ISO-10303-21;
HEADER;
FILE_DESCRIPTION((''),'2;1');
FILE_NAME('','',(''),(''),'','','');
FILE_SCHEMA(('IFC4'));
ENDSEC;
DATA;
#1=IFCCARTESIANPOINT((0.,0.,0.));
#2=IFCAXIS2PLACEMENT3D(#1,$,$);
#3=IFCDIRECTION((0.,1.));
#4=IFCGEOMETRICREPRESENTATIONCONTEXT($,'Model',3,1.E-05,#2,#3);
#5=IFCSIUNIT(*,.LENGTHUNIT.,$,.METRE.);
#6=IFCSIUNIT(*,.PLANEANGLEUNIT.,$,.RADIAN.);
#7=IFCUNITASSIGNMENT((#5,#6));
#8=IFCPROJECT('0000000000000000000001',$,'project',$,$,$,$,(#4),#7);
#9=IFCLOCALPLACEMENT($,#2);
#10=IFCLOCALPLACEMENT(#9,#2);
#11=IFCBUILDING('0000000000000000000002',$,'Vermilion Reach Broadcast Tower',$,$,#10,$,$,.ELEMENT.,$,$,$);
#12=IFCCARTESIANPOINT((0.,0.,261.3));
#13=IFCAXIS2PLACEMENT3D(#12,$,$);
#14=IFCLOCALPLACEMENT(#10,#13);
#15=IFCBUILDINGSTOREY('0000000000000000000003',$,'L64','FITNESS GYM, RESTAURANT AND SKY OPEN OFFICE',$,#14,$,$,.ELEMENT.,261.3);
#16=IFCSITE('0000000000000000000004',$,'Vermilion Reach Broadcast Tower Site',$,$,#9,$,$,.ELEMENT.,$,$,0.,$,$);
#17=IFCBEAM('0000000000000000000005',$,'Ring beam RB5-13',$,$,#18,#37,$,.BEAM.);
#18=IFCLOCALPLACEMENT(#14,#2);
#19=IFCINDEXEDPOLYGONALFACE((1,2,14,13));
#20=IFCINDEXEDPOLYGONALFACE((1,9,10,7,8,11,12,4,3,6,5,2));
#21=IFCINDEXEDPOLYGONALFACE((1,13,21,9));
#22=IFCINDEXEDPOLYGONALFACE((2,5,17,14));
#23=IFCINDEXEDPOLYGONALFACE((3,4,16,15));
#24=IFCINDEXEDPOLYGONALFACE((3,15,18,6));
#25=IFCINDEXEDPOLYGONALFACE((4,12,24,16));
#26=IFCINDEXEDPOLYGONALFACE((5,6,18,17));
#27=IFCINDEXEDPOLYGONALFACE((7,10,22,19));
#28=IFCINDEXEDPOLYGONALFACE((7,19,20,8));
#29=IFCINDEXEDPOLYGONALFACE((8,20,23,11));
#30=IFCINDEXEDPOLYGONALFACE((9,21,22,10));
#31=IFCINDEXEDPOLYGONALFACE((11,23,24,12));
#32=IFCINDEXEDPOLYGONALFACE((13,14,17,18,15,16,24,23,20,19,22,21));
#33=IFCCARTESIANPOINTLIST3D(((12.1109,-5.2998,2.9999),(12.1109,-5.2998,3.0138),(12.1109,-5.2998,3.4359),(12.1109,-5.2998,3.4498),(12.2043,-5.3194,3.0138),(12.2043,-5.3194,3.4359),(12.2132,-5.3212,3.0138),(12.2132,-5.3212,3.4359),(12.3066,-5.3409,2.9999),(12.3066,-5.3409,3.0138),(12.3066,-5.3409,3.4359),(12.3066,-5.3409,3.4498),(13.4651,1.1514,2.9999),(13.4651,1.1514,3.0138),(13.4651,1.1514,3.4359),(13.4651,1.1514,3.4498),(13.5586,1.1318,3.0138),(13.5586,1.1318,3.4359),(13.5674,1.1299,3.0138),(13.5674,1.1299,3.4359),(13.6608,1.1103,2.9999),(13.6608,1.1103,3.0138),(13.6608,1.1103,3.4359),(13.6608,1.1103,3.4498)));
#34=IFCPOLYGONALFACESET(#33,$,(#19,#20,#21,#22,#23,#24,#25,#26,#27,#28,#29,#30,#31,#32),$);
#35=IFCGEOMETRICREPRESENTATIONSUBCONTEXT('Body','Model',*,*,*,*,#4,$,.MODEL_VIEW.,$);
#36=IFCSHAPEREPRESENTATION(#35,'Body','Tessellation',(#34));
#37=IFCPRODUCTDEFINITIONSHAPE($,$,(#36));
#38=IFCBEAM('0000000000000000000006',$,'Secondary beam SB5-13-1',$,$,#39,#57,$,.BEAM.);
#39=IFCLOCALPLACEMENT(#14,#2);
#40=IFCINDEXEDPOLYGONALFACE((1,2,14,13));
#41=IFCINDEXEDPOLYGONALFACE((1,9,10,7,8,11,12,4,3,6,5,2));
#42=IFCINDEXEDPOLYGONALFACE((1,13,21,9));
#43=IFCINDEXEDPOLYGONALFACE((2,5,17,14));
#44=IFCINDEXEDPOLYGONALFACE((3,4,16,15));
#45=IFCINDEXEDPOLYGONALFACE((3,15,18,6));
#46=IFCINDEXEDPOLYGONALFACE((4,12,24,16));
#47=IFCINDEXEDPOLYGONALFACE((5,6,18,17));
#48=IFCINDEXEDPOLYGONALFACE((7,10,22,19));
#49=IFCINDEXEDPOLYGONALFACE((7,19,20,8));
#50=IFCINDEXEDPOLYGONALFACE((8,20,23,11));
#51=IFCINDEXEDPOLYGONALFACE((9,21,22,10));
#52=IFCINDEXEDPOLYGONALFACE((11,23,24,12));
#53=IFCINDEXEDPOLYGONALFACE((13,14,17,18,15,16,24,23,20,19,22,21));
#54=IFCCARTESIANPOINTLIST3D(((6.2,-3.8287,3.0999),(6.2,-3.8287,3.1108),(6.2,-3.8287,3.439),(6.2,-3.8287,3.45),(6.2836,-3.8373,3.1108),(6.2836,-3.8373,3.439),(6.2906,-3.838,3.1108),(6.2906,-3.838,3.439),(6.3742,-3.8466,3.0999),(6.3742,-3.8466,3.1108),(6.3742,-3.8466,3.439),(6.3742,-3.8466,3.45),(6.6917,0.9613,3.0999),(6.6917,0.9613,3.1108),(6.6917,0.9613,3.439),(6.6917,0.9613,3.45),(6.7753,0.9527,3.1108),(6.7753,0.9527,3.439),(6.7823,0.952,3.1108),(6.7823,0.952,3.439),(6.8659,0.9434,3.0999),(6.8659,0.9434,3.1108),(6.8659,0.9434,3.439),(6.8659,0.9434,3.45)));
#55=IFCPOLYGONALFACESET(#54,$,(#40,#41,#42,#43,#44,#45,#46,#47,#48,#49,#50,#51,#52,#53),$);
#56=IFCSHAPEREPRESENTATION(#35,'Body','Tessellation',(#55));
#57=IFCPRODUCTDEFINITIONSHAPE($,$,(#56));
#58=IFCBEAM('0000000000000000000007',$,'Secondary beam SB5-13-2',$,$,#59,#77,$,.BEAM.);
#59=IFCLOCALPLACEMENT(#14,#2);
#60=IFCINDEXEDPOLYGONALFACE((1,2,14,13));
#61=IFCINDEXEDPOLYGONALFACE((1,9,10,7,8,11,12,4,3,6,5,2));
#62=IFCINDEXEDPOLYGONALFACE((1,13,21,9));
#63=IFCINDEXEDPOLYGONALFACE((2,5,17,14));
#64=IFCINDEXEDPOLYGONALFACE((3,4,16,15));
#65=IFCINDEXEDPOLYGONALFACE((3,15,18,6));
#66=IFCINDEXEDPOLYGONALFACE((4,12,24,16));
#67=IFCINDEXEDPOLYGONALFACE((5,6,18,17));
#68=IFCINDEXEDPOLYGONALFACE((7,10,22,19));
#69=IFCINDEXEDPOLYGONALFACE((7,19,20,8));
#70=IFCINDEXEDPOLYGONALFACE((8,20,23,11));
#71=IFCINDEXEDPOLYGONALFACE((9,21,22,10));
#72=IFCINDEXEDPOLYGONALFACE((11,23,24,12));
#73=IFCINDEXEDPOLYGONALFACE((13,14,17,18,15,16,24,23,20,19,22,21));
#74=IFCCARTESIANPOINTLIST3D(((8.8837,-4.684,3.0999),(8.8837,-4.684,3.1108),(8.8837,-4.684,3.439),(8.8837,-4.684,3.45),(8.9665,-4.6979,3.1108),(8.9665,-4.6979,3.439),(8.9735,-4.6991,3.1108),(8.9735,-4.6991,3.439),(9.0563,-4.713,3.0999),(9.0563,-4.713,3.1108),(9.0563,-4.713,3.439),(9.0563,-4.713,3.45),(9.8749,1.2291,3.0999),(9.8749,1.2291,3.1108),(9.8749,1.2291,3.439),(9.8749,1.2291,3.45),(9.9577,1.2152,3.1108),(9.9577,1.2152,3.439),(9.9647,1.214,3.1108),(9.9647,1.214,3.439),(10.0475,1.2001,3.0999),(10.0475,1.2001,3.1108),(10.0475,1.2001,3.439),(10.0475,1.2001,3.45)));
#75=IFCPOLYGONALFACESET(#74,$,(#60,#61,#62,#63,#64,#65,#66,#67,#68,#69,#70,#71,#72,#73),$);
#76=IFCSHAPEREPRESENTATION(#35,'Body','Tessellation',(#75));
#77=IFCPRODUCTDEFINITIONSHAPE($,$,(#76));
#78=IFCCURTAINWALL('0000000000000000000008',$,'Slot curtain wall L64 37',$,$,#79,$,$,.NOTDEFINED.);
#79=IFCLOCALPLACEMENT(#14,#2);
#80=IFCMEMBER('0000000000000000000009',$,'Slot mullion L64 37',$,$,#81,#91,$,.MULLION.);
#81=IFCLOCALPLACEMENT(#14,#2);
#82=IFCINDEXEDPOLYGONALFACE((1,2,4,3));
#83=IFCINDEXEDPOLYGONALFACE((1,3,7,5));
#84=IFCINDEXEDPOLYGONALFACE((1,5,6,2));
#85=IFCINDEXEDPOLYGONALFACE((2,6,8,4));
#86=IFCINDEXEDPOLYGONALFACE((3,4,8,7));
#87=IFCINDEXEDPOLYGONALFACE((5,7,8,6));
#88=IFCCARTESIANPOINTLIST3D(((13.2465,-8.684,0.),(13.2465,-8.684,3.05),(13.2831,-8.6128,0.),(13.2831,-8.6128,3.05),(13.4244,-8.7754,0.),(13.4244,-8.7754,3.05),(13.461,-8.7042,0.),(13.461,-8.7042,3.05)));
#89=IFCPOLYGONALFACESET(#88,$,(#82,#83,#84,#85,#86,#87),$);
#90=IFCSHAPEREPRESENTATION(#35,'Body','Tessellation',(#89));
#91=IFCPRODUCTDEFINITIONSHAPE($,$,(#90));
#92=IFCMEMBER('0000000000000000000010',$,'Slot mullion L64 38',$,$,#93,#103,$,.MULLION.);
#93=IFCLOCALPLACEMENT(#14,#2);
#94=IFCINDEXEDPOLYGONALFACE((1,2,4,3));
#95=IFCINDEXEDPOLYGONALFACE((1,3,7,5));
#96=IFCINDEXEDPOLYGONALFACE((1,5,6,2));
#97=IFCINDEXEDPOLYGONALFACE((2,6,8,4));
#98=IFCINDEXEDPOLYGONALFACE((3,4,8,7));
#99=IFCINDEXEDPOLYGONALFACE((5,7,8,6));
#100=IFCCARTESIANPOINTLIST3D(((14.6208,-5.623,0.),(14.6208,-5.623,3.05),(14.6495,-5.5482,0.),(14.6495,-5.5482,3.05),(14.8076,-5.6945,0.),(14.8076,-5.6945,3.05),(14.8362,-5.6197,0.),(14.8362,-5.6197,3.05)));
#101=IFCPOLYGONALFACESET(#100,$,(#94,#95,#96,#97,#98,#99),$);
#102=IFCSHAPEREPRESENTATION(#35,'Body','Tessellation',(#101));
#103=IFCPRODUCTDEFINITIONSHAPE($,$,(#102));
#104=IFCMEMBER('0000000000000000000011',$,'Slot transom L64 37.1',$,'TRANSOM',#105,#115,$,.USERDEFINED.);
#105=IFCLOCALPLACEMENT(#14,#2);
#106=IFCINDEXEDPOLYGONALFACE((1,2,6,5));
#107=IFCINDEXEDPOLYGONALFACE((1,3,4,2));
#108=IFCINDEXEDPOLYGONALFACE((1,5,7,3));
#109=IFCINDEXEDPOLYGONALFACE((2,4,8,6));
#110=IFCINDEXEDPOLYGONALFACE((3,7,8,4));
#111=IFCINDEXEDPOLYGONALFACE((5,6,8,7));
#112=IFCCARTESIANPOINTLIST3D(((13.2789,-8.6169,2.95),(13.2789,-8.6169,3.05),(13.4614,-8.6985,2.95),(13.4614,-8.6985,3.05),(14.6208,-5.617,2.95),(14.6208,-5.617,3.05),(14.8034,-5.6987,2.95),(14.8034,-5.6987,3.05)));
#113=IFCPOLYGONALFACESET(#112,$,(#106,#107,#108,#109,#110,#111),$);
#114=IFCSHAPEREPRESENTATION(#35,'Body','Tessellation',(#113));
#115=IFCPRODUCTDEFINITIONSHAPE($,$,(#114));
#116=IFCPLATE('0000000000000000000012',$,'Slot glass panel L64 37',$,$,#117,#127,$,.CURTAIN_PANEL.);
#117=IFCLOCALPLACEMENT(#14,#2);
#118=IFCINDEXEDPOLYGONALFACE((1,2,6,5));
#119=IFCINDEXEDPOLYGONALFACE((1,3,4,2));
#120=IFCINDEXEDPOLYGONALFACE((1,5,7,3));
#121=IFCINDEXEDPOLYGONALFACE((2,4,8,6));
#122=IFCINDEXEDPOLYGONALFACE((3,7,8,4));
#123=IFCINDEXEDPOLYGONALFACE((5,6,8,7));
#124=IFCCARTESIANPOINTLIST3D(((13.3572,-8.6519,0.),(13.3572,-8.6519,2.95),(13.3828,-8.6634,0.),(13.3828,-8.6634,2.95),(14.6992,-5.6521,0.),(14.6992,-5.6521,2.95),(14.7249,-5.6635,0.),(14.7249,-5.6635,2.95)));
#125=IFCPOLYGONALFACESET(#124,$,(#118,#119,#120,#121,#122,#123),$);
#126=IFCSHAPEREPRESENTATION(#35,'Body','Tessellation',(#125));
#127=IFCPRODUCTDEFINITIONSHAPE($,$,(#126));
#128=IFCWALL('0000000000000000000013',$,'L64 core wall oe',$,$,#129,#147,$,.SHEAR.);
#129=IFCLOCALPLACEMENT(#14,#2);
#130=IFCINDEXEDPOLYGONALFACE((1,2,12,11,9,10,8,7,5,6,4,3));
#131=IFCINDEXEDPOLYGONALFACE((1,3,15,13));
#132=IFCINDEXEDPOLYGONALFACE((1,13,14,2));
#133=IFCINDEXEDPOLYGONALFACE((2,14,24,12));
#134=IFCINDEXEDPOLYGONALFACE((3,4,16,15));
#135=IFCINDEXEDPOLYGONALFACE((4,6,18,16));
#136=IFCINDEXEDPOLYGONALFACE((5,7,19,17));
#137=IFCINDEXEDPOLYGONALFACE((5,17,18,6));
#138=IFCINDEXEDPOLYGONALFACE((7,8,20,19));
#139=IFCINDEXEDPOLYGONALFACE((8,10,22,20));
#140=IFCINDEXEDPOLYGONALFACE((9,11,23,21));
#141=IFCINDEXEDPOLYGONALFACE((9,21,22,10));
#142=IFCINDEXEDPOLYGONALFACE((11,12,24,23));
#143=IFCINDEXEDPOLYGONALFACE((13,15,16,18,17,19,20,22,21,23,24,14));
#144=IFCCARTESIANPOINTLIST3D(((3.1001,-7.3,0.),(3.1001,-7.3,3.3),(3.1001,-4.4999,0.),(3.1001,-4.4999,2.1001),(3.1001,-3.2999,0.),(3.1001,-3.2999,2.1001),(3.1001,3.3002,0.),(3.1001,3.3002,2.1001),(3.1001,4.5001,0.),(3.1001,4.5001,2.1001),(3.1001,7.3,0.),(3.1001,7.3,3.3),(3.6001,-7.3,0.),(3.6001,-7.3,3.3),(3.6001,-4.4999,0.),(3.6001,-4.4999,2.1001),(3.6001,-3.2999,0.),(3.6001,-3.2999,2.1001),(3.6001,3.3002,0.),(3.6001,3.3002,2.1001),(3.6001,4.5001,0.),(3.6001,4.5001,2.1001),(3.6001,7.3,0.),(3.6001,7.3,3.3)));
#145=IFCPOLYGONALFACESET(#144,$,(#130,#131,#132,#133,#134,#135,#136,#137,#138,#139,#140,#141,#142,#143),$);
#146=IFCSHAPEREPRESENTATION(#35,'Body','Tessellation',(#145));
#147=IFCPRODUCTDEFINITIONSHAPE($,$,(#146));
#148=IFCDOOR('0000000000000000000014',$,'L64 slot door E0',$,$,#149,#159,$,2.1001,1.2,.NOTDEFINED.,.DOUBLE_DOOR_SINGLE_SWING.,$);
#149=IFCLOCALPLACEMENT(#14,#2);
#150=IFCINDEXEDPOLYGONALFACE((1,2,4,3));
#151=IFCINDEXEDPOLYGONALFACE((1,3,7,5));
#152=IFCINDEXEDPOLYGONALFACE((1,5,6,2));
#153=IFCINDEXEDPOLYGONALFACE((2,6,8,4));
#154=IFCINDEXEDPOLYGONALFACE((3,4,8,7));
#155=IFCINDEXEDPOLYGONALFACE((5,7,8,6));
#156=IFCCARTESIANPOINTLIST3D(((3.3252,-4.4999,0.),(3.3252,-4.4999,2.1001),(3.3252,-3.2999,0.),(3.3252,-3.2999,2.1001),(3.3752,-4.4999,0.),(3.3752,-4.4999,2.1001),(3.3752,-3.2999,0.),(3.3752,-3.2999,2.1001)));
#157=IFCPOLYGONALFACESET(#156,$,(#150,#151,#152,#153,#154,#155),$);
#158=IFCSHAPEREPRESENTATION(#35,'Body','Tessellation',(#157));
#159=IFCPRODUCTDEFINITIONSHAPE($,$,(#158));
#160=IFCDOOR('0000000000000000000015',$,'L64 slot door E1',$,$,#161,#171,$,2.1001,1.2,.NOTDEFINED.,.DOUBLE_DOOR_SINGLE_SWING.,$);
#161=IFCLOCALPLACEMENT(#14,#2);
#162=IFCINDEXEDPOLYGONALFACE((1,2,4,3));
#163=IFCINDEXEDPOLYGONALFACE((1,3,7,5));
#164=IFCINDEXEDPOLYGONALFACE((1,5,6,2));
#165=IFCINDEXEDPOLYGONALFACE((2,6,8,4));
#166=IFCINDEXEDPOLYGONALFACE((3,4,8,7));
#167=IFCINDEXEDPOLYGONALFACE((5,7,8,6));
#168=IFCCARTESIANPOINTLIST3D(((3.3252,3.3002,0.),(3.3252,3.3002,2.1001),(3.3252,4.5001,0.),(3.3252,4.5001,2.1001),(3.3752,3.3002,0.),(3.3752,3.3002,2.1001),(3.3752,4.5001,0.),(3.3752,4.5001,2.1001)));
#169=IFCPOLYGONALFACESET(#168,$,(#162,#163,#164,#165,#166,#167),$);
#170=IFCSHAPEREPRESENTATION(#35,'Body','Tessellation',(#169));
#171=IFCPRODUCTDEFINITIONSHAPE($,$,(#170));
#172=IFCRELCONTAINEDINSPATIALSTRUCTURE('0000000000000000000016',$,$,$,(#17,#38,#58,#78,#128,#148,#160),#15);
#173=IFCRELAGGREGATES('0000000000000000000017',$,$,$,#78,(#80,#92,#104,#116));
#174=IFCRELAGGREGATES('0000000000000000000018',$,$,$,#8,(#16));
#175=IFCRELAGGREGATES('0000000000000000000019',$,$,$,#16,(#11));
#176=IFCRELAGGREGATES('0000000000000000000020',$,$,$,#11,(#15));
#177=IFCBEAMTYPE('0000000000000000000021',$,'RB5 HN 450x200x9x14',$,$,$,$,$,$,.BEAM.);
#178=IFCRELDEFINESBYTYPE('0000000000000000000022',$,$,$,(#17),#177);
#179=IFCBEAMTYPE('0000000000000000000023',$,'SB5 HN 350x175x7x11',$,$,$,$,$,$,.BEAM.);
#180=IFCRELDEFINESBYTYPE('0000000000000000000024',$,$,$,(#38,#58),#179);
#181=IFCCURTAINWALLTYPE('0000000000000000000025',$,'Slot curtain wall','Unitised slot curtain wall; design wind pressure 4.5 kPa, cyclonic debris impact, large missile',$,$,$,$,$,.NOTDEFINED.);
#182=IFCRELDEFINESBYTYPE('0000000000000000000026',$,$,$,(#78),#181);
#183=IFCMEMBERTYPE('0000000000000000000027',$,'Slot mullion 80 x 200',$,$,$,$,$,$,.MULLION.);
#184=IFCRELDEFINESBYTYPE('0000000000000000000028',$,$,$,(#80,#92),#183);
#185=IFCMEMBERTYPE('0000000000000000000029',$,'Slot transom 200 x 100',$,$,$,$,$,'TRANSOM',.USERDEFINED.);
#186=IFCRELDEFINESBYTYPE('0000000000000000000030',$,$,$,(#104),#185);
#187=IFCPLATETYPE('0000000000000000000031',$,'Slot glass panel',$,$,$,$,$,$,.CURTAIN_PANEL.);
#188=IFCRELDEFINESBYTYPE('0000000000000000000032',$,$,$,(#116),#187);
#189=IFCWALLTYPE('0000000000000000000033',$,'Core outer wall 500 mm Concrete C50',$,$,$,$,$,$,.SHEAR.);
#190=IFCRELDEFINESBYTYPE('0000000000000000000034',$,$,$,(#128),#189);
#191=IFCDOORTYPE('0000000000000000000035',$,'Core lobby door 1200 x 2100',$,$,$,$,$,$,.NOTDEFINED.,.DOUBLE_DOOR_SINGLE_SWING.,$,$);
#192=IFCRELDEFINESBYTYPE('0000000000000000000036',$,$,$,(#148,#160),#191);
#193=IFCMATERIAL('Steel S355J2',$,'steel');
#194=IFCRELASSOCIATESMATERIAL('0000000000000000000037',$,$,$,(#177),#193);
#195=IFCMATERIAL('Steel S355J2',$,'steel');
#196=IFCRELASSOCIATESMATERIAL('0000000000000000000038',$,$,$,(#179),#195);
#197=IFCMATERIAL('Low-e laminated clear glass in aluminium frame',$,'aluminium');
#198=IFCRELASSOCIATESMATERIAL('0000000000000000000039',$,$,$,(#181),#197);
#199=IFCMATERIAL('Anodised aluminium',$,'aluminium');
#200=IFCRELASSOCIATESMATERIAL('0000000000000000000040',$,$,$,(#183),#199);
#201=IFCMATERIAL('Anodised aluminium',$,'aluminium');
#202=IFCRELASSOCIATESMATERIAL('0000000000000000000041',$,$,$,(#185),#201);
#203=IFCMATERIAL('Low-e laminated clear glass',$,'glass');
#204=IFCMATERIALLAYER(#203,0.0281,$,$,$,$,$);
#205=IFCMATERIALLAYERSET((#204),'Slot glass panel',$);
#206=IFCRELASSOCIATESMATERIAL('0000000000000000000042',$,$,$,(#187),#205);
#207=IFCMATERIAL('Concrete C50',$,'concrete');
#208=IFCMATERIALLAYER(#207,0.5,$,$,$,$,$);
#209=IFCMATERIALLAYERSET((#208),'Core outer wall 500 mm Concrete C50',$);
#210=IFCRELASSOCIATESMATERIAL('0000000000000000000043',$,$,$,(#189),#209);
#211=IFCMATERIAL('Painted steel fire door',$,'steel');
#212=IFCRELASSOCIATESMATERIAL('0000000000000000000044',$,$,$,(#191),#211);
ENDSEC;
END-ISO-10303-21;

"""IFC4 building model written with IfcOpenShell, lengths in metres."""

from ifc_helpers import new_model, si_unit, direction, frame, frame_2d, origin, origin_2d, place, context, subcontext, project, spatial, rectangle, i_section, extrude, material, layer, layer_set, material_profile, profile_set, type_object, element, fill, aggregate, save


model = new_model("IFC4")

# Units and contexts
model_context = context("Model", 3, precision=1e-05, world=origin(), true_north=direction((0.0, 1.0)))
body_context = subcontext(model_context, "Body", "Model", "MODEL_VIEW")
ifc_project = project(units=[si_unit("LENGTHUNIT", "METRE"), si_unit("PLANEANGLEUNIT", "RADIAN")], contexts=[model_context])

# Site, building, storey
site_placement = place(None, origin())
site = spatial("IfcSite", under=ifc_project, at=site_placement, Name="Vermilion Reach Broadcast Tower Site", CompositionType="ELEMENT", RefElevation=0.0)
building_placement = place(site_placement, origin())
building = spatial("IfcBuilding", under=site, at=building_placement, Name="Vermilion Reach Broadcast Tower", CompositionType="ELEMENT")
storey_placement = place(building_placement, frame((0.0, 0.0, 261.3)))
storey = spatial("IfcBuildingStorey", under=building, at=storey_placement, Name="L64", Description="FITNESS GYM, RESTAURANT AND SKY OPEN OFFICE", CompositionType="ELEMENT", Elevation=261.3)

# Beams
ifc_material_1 = material(Name="Steel S355J2", Category="steel")
ifc_material_profile_1 = material_profile(ifc_material_1, i_section(OverallWidth=0.2, OverallDepth=0.45, WebThickness=0.009, FlangeThickness=0.0139, at=origin_2d()), Name="S355J2 HN 450x200x9x14")
ifc_profile_set_1 = profile_set([ifc_material_profile_1], Name="Steel S355J2")
beam_type_1 = type_object("IfcBeamType", Name="RB5 HN 450x200x9x14", PredefinedType="BEAM", material=ifc_profile_set_1)
beam_1_placement = place(storey_placement, frame((12.2087, -5.3203, 3.2249), z_axis=(0.205445, 0.978669, 0.0), x_axis=(-0.978669, 0.205445, 0.0)))
element("IfcBeam", 1, at=beam_1_placement, inside=storey, type_object=beam_type_1, Name="Ring beam RB5-13", PredefinedType="BEAM", context=body_context, shape_type="SweptSolid", body=[
    extrude(i_section(OverallWidth=0.2, OverallDepth=0.45, WebThickness=0.009, FlangeThickness=0.0139, at=origin_2d()), origin(), (0.0, 0.0, 1.0), 6.5918),
])
ifc_material_2 = material(Name="Steel S355J2", Category="steel")
ifc_material_profile_2 = material_profile(ifc_material_2, i_section(OverallWidth=0.175, OverallDepth=0.3501, WebThickness=0.0071, FlangeThickness=0.011, at=origin_2d()), Name="S355J2 HN 350x175x7x11")
ifc_profile_set_2 = profile_set([ifc_material_profile_2], Name="Steel S355J2")
beam_type_2 = type_object("IfcBeamType", Name="SB5 HN 350x175x7x11", PredefinedType="BEAM", material=ifc_profile_set_2)
beam_2_placement = place(storey_placement, frame((6.2871, -3.8376, 3.2749), z_axis=(0.102114, 0.994773, 0.0), x_axis=(-0.994773, 0.102114, 0.0)))
element("IfcBeam", 2, at=beam_2_placement, inside=storey, type_object=beam_type_2, Name="Secondary beam SB5-13-1", PredefinedType="BEAM", context=body_context, shape_type="SweptSolid", body=[
    extrude(i_section(OverallWidth=0.175, OverallDepth=0.3501, WebThickness=0.0071, FlangeThickness=0.011, at=origin_2d()), origin(), (0.0, 0.0, 1.0), 4.8152),
])
beam_3_placement = place(storey_placement, frame((8.97, -4.6985, 3.2749), z_axis=(0.165323, 0.986239, 0.0), x_axis=(-0.986239, 0.165323, 0.0)))
element("IfcBeam", 3, at=beam_3_placement, inside=storey, type_object=beam_type_2, Name="Secondary beam SB5-13-2", PredefinedType="BEAM", context=body_context, shape_type="SweptSolid", body=[
    extrude(i_section(OverallWidth=0.175, OverallDepth=0.3501, WebThickness=0.0071, FlangeThickness=0.011, at=origin_2d()), origin(), (0.0, 0.0, 1.0), 5.9956),
])

# Curtain wall, members, plate
ifc_material_3 = material(Name="Low-e laminated clear glass in aluminium frame", Category="aluminium")
curtain_wall_type = type_object("IfcCurtainWallType", Name="Slot curtain wall", Description="Unitised slot curtain wall; design wind pressure 4.5 kPa, cyclonic debris impact, large missile", PredefinedType="NOTDEFINED", material=ifc_material_3)
curtain_wall_placement = place(storey_placement, origin())
curtain_wall = element("IfcCurtainWall", 4, at=curtain_wall_placement, inside=storey, type_object=curtain_wall_type, Name="Slot curtain wall L64 37", PredefinedType="NOTDEFINED")
ifc_material_4 = material(Name="Anodised aluminium", Category="aluminium")
ifc_material_profile_3 = material_profile(ifc_material_4, rectangle(XDim=0.2, YDim=0.0801, at=origin_2d()), Name="Slot mullion 80 x 200")
ifc_profile_set_3 = profile_set([ifc_material_profile_3], Name="Anodised aluminium")
member_type_1 = type_object("IfcMemberType", Name="Slot mullion 80 x 200", PredefinedType="MULLION", material=ifc_profile_set_3)
member_1_placement = place(storey_placement, frame((13.3538, -8.6941, 0.0), z_axis=(0.0, 0.0, 1.0), x_axis=(-0.889464, 0.457006, 0.0)))
member_1 = element("IfcMember", 5, at=member_1_placement, type_object=member_type_1, Name="Slot mullion L64 37", PredefinedType="MULLION", context=body_context, shape_type="SweptSolid", body=[
    extrude(rectangle(XDim=0.2, YDim=0.0801, at=origin_2d()), origin(), (0.0, 0.0, 1.0), 3.05),
])
member_2_placement = place(storey_placement, frame((14.7285, -5.6213, 0.0), z_axis=(0.0, 0.0, 1.0), x_axis=(-0.933837, 0.3577, 0.0)))
member_2 = element("IfcMember", 6, at=member_2_placement, type_object=member_type_1, Name="Slot mullion L64 38", PredefinedType="MULLION", context=body_context, shape_type="SweptSolid", body=[
    extrude(rectangle(XDim=0.2, YDim=0.0801, at=origin_2d()), origin(), (0.0, 0.0, 1.0), 3.05),
])
ifc_material_5 = material(Name="Anodised aluminium", Category="aluminium")
ifc_material_profile_4 = material_profile(ifc_material_5, rectangle(XDim=0.2, YDim=0.1001, at=origin_2d()), Name="Slot transom 200 x 100")
ifc_profile_set_4 = profile_set([ifc_material_profile_4], Name="Anodised aluminium")
member_type_2 = type_object("IfcMemberType", Name="Slot transom 200 x 100", ElementType="TRANSOM", PredefinedType="USERDEFINED", material=ifc_profile_set_4)
member_3_placement = place(storey_placement, frame((13.3701, -8.6577, 3.0), z_axis=(0.40835, 0.912826, 0.0), x_axis=(-0.912826, 0.40835, 0.0)))
member_3 = element("IfcMember", 7, at=member_3_placement, type_object=member_type_2, Name="Slot transom L64 37.1", ObjectType="TRANSOM", PredefinedType="USERDEFINED", context=body_context, shape_type="SweptSolid", body=[
    extrude(rectangle(XDim=0.2, YDim=0.1001, at=origin_2d()), origin(), (0.0, 0.0, 1.0), 3.2864),
])
ifc_material_6 = material(Name="Low-e laminated clear glass", Category="glass")
ifc_layer_1 = layer(ifc_material_6, 0.0281)
ifc_layer_set_1 = layer_set([ifc_layer_1], Name="Slot glass panel")
plate_type = type_object("IfcPlateType", Name="Slot glass panel", PredefinedType="CURTAIN_PANEL", material=ifc_layer_set_1)
plate_placement = place(storey_placement, frame((14.041, -7.1577, 0.0), z_axis=(0.0, 0.0, 1.0), x_axis=(0.40837, 0.912817, 0.0)))
plate = element("IfcPlate", 8, at=plate_placement, type_object=plate_type, Name="Slot glass panel L64 37", PredefinedType="CURTAIN_PANEL", context=body_context, shape_type="SweptSolid", body=[
    extrude(rectangle(XDim=3.2864, YDim=0.0281, at=origin_2d()), origin(), (0.0, 0.0, 1.0), 2.95),
])
aggregate(curtain_wall, [member_1, member_2, member_3, plate])

# Wall, openings, doors
ifc_material_7 = material(Name="Concrete C50", Category="concrete")
ifc_layer_2 = layer(ifc_material_7, 0.5)
ifc_layer_set_2 = layer_set([ifc_layer_2], Name="Core outer wall 500 mm Concrete C50")
wall_type_1 = type_object("IfcWallType", Name="Core outer wall 500 mm Concrete C50", PredefinedType="SHEAR", material=ifc_layer_set_2)
wall_1_placement = place(storey_placement, frame((3.3501, -7.3, 0.0), z_axis=(0.0, 0.0, 1.0), x_axis=(0.0, 1.0, 0.0)))
wall_1 = element("IfcWall", 9, at=wall_1_placement, inside=storey, type_object=wall_type_1, Name="L64 core wall oe", PredefinedType="SHEAR", context=body_context, shape_type="SweptSolid", body=[
    extrude(rectangle(XDim=14.6001, YDim=0.5, at=frame_2d((7.3, 0.0))), origin(), (0.0, 0.0, 1.0), 3.3),
])
opening_1_placement = place(wall_1_placement, frame((2.8, 0.0, 0.0)))
opening_1 = element("IfcOpeningElement", 10, at=opening_1_placement, cuts=wall_1, PredefinedType="OPENING", context=body_context, shape_type="SweptSolid", body=[
    extrude(rectangle(XDim=1.2, YDim=2.1001, at=frame_2d((0.6001, 1.05))), frame((0.0, 0.26, 0.0), z_axis=(0.0, -1.0, 0.0), x_axis=(1.0, 0.0, 0.0)), (0.0, 0.0, 1.0), 0.52),
])
opening_2_placement = place(wall_1_placement, frame((10.6001, 0.0, 0.0)))
opening_2 = element("IfcOpeningElement", 11, at=opening_2_placement, cuts=wall_1, PredefinedType="OPENING", context=body_context, shape_type="SweptSolid", body=[
    extrude(rectangle(XDim=1.2, YDim=2.1001, at=frame_2d((0.6001, 1.05))), frame((0.0, 0.26, 0.0), z_axis=(0.0, -1.0, 0.0), x_axis=(1.0, 0.0, 0.0)), (0.0, 0.0, 1.0), 0.52),
])
ifc_material_8 = material(Name="Painted steel fire door", Category="steel")
door_type = type_object("IfcDoorType", Name="Core lobby door 1200 x 2100", OperationType="DOUBLE_DOOR_SINGLE_SWING", PredefinedType="NOTDEFINED", material=ifc_material_8)
door_1_placement = place(opening_1_placement, origin())
door_1 = element("IfcDoor", 12, at=door_1_placement, inside=storey, type_object=door_type, Name="L64 slot door E0", OperationType="DOUBLE_DOOR_SINGLE_SWING", OverallHeight=2.1001, OverallWidth=1.2, PredefinedType="NOTDEFINED", context=body_context, shape_type="SweptSolid", body=[
    extrude(rectangle(XDim=1.2, YDim=2.1001, at=frame_2d((0.6001, 1.05))), frame((0.0, 0.0249, 0.0), z_axis=(0.0, -1.0, 0.0), x_axis=(1.0, 0.0, 0.0)), (0.0, 0.0, 1.0), 0.05),
])
fill(opening_1, door_1)
door_2_placement = place(opening_2_placement, origin())
door_2 = element("IfcDoor", 13, at=door_2_placement, inside=storey, type_object=door_type, Name="L64 slot door E1", OperationType="DOUBLE_DOOR_SINGLE_SWING", OverallHeight=2.1001, OverallWidth=1.2, PredefinedType="NOTDEFINED", context=body_context, shape_type="SweptSolid", body=[
    extrude(rectangle(XDim=1.2, YDim=2.1001, at=frame_2d((0.6001, 1.05))), frame((0.0, 0.0249, 0.0), z_axis=(0.0, -1.0, 0.0), x_axis=(1.0, 0.0, 0.0)), (0.0, 0.0, 1.0), 0.05),
])
fill(opening_2, door_2)

save(model, "model.ifc")
